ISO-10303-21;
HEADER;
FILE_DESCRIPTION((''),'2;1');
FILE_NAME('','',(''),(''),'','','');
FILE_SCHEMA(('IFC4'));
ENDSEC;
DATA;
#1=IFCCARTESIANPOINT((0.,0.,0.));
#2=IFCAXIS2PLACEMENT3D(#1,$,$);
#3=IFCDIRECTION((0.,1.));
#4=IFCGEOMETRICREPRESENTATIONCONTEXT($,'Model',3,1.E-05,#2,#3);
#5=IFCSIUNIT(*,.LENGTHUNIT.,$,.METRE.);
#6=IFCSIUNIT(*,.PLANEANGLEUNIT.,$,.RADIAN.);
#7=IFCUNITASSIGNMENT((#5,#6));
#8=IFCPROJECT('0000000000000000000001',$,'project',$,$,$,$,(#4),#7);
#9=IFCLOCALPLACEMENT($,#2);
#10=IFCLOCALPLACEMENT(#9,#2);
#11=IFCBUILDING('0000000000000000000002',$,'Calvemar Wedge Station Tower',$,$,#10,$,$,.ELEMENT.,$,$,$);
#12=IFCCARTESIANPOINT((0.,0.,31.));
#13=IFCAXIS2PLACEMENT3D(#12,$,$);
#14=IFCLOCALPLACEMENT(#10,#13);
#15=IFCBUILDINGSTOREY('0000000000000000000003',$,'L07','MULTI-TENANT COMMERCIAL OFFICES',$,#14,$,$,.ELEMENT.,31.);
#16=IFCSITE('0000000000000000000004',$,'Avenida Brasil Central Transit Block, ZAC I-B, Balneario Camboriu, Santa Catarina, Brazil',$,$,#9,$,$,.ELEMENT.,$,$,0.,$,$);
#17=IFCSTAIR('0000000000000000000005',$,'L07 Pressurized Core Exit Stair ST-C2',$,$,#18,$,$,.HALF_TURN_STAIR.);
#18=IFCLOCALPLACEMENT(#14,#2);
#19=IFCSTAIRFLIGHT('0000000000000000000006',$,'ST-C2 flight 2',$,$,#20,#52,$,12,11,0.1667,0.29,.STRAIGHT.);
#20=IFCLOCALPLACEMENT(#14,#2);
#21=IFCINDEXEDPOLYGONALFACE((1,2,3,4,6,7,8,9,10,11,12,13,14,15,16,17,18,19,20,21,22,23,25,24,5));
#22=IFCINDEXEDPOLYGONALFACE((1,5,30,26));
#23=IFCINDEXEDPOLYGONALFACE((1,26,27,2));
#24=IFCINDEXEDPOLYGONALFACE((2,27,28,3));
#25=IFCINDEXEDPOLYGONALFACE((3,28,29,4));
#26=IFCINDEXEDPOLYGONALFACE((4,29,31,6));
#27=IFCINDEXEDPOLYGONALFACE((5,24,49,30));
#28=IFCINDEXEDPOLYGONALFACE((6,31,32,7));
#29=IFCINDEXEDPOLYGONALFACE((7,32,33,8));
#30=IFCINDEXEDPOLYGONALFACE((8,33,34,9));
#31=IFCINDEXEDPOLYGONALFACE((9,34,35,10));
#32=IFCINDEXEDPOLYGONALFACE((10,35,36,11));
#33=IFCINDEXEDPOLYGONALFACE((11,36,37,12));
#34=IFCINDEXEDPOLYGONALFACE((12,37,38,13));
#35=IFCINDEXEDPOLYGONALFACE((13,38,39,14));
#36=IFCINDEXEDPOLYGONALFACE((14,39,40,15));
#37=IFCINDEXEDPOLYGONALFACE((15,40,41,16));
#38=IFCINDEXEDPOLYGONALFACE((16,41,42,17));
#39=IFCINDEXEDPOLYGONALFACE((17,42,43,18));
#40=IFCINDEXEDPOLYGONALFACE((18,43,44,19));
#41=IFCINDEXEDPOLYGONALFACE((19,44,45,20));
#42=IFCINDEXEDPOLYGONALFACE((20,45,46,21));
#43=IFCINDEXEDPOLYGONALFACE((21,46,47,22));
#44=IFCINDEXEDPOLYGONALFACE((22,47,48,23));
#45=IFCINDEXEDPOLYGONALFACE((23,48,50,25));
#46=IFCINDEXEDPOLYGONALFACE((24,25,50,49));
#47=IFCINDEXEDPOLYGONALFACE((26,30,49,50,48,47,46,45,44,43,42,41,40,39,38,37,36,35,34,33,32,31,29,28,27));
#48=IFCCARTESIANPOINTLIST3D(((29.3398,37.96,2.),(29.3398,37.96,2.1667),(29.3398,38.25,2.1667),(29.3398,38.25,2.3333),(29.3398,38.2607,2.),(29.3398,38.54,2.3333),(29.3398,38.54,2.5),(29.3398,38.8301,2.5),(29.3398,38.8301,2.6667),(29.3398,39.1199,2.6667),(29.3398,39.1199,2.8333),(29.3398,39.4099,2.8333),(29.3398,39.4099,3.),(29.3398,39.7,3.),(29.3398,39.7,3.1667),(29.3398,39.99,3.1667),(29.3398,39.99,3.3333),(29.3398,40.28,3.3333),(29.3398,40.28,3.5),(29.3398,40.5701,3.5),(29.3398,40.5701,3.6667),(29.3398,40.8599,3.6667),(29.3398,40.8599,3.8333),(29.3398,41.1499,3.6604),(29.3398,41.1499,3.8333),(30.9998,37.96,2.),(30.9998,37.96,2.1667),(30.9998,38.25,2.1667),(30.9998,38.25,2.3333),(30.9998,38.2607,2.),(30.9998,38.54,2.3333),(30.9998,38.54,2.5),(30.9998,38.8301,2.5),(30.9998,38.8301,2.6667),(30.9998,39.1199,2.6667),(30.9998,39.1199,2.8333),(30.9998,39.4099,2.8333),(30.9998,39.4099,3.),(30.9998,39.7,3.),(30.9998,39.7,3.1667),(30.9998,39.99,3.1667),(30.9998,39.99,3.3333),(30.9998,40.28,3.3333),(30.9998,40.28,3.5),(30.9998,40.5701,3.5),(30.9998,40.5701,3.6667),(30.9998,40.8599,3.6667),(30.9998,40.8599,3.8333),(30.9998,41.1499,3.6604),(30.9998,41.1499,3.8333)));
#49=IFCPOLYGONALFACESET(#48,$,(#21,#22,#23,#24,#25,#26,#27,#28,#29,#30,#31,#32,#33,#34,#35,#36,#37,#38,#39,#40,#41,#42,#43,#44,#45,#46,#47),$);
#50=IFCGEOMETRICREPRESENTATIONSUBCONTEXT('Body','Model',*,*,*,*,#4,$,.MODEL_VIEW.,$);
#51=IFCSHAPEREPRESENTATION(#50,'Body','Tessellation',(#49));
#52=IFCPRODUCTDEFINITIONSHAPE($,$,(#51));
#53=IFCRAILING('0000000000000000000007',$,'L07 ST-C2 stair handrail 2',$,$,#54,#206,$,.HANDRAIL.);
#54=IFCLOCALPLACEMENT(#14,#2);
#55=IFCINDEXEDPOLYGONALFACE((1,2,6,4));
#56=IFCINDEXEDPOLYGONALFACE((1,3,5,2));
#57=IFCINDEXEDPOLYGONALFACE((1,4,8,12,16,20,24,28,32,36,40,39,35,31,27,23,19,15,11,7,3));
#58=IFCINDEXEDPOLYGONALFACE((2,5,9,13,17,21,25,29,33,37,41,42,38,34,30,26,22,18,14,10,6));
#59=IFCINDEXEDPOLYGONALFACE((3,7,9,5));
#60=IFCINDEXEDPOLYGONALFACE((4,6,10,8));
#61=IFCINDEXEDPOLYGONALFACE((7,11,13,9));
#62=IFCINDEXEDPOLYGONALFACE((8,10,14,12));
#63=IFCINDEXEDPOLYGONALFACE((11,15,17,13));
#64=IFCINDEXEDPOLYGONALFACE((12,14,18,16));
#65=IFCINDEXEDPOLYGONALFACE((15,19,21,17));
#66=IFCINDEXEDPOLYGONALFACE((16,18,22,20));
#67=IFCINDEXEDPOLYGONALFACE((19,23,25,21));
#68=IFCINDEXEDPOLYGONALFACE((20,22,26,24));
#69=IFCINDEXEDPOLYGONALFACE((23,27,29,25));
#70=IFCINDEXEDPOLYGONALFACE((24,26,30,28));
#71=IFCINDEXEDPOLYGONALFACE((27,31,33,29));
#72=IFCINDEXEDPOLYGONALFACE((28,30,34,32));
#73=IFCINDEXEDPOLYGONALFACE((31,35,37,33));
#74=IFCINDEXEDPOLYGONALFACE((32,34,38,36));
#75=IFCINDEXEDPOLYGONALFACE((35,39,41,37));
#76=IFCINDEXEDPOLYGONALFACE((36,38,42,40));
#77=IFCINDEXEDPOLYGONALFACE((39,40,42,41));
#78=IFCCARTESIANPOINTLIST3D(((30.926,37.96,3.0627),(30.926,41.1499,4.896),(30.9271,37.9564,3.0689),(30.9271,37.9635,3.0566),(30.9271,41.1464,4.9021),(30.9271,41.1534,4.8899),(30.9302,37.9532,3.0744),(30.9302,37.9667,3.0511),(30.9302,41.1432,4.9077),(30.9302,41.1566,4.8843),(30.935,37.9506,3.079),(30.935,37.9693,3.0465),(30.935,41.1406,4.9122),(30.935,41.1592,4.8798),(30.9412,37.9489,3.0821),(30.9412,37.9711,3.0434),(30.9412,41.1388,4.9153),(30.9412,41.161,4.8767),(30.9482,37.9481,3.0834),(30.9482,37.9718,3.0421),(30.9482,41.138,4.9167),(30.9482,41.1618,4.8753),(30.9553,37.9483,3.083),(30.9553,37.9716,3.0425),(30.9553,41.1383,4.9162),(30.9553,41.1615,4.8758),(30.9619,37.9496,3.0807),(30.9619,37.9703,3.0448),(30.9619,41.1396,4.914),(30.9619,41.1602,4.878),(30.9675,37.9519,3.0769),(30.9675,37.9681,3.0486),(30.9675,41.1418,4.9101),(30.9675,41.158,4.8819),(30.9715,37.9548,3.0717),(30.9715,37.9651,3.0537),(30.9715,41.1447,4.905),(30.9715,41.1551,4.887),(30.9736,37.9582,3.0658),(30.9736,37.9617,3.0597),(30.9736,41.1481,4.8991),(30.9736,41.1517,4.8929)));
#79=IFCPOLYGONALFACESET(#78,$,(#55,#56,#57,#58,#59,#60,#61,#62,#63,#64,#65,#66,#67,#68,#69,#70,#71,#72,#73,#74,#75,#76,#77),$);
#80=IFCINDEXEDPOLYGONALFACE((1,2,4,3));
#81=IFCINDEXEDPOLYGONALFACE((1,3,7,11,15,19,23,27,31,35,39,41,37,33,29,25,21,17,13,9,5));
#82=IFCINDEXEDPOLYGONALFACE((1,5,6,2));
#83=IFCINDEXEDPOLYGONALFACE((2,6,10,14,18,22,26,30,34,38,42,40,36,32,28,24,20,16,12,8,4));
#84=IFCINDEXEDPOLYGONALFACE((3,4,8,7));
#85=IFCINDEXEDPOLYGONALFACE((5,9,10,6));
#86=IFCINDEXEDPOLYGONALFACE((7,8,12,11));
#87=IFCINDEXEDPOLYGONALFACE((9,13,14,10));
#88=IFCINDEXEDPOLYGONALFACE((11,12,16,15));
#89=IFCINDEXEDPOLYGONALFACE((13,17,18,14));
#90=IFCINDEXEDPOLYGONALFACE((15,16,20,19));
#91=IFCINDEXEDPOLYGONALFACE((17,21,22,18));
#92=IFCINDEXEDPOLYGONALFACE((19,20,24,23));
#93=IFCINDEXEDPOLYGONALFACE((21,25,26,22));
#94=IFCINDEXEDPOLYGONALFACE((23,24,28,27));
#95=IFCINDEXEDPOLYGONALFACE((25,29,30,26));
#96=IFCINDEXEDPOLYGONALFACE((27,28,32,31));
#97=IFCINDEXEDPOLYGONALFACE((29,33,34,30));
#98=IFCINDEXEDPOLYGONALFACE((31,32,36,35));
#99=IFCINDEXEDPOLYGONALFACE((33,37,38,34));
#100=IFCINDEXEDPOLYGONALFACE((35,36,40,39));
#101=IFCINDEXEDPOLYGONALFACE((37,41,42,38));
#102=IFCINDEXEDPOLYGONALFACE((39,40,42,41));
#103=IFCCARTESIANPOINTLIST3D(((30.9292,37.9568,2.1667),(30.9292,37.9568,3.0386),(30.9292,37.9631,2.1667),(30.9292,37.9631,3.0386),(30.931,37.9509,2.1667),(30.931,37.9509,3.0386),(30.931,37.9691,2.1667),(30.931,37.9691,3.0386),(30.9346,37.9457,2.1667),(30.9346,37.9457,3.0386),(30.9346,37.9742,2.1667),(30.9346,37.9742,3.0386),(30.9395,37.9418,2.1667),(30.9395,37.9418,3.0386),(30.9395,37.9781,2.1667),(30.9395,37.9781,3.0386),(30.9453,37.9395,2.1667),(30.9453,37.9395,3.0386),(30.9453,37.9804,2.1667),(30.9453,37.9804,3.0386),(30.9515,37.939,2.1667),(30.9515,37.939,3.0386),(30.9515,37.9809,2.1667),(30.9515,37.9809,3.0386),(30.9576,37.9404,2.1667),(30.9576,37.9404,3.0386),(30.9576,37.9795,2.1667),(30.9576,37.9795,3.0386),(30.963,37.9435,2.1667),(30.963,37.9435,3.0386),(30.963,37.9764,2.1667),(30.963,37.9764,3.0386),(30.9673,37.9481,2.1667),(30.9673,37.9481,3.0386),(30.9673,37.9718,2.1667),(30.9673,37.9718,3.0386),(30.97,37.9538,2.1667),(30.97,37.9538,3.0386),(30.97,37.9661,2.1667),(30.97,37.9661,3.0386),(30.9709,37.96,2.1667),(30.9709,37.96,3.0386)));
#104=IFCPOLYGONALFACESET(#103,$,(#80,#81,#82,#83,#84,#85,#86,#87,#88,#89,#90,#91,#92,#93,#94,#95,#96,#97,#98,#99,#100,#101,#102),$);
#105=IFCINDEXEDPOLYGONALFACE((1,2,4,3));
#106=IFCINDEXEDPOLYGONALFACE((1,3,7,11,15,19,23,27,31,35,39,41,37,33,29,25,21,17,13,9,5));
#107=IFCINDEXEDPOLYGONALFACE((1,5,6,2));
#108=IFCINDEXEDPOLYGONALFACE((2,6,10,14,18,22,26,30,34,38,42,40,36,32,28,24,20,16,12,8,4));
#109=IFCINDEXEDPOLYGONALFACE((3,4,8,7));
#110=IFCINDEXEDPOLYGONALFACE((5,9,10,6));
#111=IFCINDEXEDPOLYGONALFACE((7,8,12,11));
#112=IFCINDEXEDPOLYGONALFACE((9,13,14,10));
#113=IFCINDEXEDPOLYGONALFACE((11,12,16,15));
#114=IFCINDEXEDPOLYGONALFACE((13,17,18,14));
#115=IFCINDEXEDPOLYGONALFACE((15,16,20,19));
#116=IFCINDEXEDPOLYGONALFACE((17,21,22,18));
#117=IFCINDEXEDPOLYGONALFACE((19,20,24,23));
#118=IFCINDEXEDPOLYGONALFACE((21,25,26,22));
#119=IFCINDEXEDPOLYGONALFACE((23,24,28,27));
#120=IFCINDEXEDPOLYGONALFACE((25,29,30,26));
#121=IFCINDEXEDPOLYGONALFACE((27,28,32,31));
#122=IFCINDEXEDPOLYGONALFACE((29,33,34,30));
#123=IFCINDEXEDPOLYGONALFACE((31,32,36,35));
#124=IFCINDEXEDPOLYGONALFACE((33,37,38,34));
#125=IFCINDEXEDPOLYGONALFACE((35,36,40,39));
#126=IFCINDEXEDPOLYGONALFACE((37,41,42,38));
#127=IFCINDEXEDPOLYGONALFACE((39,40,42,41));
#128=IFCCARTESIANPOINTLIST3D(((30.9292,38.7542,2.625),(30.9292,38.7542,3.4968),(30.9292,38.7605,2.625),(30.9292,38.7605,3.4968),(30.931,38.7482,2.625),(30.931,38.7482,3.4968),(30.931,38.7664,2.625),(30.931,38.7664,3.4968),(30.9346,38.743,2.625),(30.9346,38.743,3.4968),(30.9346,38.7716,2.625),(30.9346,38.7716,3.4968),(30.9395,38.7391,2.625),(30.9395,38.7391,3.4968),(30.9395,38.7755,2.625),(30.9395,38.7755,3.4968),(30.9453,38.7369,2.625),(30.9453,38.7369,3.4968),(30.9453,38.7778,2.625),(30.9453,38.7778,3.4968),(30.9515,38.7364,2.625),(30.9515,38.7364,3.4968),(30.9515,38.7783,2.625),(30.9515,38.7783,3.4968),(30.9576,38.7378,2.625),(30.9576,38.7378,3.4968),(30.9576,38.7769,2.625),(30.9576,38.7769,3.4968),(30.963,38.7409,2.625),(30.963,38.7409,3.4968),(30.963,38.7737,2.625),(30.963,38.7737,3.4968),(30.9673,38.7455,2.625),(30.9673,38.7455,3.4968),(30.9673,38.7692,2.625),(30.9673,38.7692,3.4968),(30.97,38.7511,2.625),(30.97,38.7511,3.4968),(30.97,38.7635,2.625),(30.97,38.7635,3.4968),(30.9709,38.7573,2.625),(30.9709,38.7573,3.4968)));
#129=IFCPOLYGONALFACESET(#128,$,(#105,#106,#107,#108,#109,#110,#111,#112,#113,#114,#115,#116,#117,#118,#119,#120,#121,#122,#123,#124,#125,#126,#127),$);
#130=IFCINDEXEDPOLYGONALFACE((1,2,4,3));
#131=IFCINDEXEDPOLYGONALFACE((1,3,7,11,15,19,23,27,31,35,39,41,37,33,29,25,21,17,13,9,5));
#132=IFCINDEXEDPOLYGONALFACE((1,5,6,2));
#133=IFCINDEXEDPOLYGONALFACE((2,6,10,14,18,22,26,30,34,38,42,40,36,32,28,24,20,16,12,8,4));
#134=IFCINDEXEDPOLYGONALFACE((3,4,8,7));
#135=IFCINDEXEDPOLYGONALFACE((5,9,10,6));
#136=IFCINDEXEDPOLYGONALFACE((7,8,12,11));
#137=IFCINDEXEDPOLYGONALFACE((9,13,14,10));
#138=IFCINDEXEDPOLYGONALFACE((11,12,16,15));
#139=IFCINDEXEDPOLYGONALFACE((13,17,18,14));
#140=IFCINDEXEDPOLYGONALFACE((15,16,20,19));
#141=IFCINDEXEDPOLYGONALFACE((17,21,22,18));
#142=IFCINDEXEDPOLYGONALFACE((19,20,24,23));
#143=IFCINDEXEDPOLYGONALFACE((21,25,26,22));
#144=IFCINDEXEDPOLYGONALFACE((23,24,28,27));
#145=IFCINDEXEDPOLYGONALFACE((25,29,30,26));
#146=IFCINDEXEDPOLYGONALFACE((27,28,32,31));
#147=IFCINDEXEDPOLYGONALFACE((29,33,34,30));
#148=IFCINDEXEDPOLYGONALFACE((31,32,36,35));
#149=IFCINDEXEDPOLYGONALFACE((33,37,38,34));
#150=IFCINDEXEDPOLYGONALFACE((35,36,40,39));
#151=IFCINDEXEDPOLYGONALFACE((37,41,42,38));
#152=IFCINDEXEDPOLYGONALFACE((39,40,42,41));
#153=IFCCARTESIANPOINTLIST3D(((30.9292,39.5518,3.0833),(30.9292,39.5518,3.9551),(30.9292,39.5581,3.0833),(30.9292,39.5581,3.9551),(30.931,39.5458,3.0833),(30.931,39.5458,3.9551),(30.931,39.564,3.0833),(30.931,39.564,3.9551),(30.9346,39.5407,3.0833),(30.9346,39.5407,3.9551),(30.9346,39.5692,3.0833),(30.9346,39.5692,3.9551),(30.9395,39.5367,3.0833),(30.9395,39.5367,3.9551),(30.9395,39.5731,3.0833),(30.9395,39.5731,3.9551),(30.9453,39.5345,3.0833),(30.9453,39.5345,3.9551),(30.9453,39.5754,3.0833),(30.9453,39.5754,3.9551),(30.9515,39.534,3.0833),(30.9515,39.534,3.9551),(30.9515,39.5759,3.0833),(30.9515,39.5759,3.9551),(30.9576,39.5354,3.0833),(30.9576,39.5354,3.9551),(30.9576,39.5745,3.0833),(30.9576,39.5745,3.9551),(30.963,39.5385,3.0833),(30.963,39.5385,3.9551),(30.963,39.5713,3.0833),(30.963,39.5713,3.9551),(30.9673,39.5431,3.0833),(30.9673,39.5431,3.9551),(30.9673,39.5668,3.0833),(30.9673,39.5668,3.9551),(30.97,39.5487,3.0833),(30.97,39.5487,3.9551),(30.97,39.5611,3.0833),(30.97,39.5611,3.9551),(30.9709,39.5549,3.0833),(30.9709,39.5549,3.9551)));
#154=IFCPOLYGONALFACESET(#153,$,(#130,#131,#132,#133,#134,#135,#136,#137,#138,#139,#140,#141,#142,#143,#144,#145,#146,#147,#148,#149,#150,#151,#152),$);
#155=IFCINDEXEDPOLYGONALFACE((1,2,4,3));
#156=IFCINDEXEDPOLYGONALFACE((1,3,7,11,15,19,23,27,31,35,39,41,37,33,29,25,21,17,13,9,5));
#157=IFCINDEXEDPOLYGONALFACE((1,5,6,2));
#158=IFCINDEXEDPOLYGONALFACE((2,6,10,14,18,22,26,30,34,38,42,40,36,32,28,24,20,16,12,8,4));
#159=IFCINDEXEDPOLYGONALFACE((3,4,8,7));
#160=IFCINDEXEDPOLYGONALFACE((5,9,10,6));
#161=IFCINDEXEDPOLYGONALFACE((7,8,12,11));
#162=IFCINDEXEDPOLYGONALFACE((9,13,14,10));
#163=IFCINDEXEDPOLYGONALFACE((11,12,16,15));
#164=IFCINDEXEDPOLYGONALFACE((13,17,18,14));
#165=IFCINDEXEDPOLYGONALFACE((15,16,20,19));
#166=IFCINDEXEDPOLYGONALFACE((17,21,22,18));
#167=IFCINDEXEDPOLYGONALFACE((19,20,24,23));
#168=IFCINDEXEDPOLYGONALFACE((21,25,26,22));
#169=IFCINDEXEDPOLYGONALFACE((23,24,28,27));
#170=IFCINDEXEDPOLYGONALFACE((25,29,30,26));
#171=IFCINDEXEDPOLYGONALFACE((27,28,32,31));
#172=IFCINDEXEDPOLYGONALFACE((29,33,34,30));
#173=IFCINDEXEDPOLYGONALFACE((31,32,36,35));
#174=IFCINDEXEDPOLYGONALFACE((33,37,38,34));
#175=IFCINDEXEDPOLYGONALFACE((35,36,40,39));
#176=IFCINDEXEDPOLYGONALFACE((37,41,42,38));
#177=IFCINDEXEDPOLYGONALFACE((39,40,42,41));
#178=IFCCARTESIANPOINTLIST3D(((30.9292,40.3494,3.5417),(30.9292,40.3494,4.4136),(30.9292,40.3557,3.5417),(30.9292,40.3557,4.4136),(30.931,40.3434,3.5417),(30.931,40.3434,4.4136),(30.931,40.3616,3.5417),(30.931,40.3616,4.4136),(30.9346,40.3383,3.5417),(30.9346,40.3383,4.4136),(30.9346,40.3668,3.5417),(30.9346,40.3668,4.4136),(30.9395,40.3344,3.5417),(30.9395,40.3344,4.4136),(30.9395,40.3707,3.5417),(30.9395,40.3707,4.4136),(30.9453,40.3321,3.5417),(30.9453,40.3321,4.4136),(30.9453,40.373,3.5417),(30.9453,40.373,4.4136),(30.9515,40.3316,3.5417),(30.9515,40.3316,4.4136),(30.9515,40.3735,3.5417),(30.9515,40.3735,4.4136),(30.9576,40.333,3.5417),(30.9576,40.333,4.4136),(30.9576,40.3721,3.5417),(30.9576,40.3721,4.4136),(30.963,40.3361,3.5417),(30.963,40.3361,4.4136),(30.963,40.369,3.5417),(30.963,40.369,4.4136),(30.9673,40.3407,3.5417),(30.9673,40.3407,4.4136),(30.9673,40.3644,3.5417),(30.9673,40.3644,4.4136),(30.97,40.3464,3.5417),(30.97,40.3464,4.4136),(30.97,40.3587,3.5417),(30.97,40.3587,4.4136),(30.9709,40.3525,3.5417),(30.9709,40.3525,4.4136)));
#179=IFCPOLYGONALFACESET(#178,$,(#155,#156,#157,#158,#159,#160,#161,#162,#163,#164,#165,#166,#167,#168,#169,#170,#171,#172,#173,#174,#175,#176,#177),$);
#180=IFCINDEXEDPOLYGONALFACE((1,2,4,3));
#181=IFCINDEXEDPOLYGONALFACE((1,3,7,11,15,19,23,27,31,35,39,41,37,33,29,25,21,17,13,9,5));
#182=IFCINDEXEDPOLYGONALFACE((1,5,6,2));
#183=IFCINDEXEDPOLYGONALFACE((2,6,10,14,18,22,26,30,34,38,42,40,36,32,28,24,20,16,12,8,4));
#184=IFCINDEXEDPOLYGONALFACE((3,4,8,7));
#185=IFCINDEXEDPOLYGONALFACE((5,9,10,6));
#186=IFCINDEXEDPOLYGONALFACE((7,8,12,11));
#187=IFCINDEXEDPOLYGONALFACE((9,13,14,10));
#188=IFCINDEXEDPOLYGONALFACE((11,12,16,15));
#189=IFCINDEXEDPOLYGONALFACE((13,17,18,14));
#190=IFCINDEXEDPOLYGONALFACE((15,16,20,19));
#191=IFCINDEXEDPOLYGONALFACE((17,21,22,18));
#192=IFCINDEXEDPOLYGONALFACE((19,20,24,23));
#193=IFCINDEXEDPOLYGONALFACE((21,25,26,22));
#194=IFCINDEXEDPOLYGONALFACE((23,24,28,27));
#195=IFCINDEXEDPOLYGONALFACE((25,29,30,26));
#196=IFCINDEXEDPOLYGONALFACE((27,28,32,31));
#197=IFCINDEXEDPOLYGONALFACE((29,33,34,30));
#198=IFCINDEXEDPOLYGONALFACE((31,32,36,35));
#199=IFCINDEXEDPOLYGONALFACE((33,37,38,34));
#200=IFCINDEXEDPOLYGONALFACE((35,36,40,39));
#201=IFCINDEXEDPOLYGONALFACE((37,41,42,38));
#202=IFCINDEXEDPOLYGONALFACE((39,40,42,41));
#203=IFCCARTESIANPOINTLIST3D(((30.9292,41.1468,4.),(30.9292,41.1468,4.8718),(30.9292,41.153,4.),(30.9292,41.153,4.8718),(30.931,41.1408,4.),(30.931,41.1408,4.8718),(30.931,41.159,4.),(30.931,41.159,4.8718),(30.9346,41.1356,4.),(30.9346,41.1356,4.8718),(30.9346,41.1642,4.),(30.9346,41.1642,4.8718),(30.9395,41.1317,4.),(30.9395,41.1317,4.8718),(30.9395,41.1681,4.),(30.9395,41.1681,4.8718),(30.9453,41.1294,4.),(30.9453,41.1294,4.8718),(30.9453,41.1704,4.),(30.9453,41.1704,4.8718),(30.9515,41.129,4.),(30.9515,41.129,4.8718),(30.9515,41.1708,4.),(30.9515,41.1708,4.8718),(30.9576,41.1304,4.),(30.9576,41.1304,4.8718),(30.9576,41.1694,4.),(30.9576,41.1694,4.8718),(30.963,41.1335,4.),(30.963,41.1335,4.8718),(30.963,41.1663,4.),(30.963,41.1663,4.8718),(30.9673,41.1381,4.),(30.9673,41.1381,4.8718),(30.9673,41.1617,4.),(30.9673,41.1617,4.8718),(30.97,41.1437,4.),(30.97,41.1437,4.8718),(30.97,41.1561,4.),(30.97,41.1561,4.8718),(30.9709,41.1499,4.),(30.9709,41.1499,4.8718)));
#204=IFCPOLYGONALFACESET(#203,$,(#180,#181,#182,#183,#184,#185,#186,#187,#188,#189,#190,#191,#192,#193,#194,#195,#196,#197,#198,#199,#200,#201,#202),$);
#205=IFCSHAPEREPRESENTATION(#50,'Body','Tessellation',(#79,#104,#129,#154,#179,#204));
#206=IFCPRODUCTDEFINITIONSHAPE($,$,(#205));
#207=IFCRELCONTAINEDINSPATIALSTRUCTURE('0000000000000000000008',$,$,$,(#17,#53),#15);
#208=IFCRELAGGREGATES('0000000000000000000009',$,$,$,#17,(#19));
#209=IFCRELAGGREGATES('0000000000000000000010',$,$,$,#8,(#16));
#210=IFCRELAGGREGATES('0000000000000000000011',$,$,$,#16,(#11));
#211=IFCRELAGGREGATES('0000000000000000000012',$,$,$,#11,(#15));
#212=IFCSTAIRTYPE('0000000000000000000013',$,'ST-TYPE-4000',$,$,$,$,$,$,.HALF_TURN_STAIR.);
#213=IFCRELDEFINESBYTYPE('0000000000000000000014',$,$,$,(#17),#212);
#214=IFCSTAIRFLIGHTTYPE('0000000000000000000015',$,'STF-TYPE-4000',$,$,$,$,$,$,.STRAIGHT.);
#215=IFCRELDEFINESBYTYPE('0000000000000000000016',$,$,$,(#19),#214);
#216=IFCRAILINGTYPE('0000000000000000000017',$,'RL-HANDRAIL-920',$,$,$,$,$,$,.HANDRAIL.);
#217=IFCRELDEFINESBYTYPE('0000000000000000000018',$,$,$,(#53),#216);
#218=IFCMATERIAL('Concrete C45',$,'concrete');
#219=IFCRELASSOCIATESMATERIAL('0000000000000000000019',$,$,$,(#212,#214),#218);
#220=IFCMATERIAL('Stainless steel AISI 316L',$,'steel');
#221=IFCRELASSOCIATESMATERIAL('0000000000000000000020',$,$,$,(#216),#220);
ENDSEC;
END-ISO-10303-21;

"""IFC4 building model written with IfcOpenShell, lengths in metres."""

from ifc_helpers import new_model, si_unit, direction, frame, origin, origin_2d, place, context, subcontext, project, spatial, polyline, circle, outline, extrude, material, type_object, element, aggregate, save


model = new_model("IFC4")

# Units and contexts
model_context = context("Model", 3, precision=1e-05, world=origin(), true_north=direction((0.0, 1.0)))
body_context = subcontext(model_context, "Body", "Model", "MODEL_VIEW")
ifc_project = project(units=[si_unit("LENGTHUNIT", "METRE"), si_unit("PLANEANGLEUNIT", "RADIAN")], contexts=[model_context])

# Site, building, storey
site_placement = place(None, origin())
site = spatial("IfcSite", under=ifc_project, at=site_placement, Name="Avenida Brasil Central Transit Block, ZAC I-B, Balneario Camboriu, Santa Catarina, Brazil", CompositionType="ELEMENT", RefElevation=0.0)
building_placement = place(site_placement, origin())
building = spatial("IfcBuilding", under=site, at=building_placement, Name="Calvemar Wedge Station Tower", CompositionType="ELEMENT")
storey_placement = place(building_placement, frame((0.0, 0.0, 31.0)))
storey = spatial("IfcBuildingStorey", under=building, at=storey_placement, Name="L07", Description="MULTI-TENANT COMMERCIAL OFFICES", CompositionType="ELEMENT", Elevation=31.0)

# Stair, stair flight
ifc_material_1 = material(Name="Concrete C45", Category="concrete")
stair_type = type_object("IfcStairType", Name="ST-TYPE-4000", PredefinedType="HALF_TURN_STAIR", material=ifc_material_1)
stair_placement = place(storey_placement, origin())
stair = element("IfcStair", 1, at=stair_placement, inside=storey, type_object=stair_type, Name="L07 Pressurized Core Exit Stair ST-C2", PredefinedType="HALF_TURN_STAIR")
stair_flight_type = type_object("IfcStairFlightType", Name="STF-TYPE-4000", PredefinedType="STRAIGHT", material=ifc_material_1)
stair_flight_placement = place(storey_placement, frame((30.1699, 37.96, 2.0), z_axis=(0.0, 0.0, 1.0), x_axis=(0.0, 1.0, 0.0)))
stair_flight = element("IfcStairFlight", 2, at=stair_flight_placement, type_object=stair_flight_type, Name="ST-C2 flight 2", NumberOfRisers=12, NumberOfTreads=11, PredefinedType="STRAIGHT", RiserHeight=0.1667, TreadLength=0.29, context=body_context, shape_type="SweptSolid", body=[
    extrude(outline(polyline([(0.0, 0.0), (0.0, 0.1667), (0.29, 0.1667), (0.29, 0.3333), (0.5801, 0.3333), (0.5801, 0.5), (0.8701, 0.5), (0.8701, 0.6667), (1.1599, 0.6667), (1.1599, 0.8333), (1.45, 0.8333), (1.45, 1.0), (1.74, 1.0), (1.74, 1.1667), (2.03, 1.1667), (2.03, 1.3333), (2.3201, 1.3333), (2.3201, 1.5), (2.6101, 1.5), (2.6101, 1.6667), (2.8999, 1.6667), (2.8999, 1.8333), (3.1899, 1.8333), (3.1899, 2.0), (3.1899, 1.6604), (0.3008, 0.0), (0.0, 0.0)])), frame((0.0, 0.8301, 0.0), z_axis=(0.0, -1.0, 0.0), x_axis=(1.0, 0.0, 0.0)), (0.0, 0.0, 1.0), 1.6599),
])
aggregate(stair, [stair_flight])

# Railing
ifc_material_2 = material(Name="Stainless steel AISI 316L", Category="steel")
railing_type_1 = type_object("IfcRailingType", Name="RL-HANDRAIL-920", PredefinedType="HANDRAIL", material=ifc_material_2)
railing_1_placement = place(storey_placement, frame((30.95, 37.96, 2.1667)))
element("IfcRailing", 3, at=railing_1_placement, inside=storey, type_object=railing_type_1, Name="L07 ST-C2 stair handrail 2", PredefinedType="HANDRAIL", context=body_context, shape_type="SweptSolid", body=[
    extrude(circle(Radius=0.0239, at=origin_2d()), frame((0.0, 0.0, 0.896), z_axis=(0.0, 0.86702, 0.498274), x_axis=(-1.0, 0.0, 0.0)), (0.0, 0.0, 1.0), 3.6792),
    extrude(circle(Radius=0.021, at=origin_2d()), origin(), (0.0, 0.0, 1.0), 0.8718),
    extrude(circle(Radius=0.021, at=origin_2d()), frame((0.0, 0.7974, 0.4583)), (0.0, 0.0, 1.0), 0.8718),
    extrude(circle(Radius=0.021, at=origin_2d()), frame((0.0, 1.595, 0.9165)), (0.0, 0.0, 1.0), 0.8718),
    extrude(circle(Radius=0.021, at=origin_2d()), frame((0.0, 2.3926, 1.375)), (0.0, 0.0, 1.0), 0.8718),
    extrude(circle(Radius=0.021, at=origin_2d()), frame((0.0, 3.1899, 1.8333)), (0.0, 0.0, 1.0), 0.8718),
])

save(model, "model.ifc")
